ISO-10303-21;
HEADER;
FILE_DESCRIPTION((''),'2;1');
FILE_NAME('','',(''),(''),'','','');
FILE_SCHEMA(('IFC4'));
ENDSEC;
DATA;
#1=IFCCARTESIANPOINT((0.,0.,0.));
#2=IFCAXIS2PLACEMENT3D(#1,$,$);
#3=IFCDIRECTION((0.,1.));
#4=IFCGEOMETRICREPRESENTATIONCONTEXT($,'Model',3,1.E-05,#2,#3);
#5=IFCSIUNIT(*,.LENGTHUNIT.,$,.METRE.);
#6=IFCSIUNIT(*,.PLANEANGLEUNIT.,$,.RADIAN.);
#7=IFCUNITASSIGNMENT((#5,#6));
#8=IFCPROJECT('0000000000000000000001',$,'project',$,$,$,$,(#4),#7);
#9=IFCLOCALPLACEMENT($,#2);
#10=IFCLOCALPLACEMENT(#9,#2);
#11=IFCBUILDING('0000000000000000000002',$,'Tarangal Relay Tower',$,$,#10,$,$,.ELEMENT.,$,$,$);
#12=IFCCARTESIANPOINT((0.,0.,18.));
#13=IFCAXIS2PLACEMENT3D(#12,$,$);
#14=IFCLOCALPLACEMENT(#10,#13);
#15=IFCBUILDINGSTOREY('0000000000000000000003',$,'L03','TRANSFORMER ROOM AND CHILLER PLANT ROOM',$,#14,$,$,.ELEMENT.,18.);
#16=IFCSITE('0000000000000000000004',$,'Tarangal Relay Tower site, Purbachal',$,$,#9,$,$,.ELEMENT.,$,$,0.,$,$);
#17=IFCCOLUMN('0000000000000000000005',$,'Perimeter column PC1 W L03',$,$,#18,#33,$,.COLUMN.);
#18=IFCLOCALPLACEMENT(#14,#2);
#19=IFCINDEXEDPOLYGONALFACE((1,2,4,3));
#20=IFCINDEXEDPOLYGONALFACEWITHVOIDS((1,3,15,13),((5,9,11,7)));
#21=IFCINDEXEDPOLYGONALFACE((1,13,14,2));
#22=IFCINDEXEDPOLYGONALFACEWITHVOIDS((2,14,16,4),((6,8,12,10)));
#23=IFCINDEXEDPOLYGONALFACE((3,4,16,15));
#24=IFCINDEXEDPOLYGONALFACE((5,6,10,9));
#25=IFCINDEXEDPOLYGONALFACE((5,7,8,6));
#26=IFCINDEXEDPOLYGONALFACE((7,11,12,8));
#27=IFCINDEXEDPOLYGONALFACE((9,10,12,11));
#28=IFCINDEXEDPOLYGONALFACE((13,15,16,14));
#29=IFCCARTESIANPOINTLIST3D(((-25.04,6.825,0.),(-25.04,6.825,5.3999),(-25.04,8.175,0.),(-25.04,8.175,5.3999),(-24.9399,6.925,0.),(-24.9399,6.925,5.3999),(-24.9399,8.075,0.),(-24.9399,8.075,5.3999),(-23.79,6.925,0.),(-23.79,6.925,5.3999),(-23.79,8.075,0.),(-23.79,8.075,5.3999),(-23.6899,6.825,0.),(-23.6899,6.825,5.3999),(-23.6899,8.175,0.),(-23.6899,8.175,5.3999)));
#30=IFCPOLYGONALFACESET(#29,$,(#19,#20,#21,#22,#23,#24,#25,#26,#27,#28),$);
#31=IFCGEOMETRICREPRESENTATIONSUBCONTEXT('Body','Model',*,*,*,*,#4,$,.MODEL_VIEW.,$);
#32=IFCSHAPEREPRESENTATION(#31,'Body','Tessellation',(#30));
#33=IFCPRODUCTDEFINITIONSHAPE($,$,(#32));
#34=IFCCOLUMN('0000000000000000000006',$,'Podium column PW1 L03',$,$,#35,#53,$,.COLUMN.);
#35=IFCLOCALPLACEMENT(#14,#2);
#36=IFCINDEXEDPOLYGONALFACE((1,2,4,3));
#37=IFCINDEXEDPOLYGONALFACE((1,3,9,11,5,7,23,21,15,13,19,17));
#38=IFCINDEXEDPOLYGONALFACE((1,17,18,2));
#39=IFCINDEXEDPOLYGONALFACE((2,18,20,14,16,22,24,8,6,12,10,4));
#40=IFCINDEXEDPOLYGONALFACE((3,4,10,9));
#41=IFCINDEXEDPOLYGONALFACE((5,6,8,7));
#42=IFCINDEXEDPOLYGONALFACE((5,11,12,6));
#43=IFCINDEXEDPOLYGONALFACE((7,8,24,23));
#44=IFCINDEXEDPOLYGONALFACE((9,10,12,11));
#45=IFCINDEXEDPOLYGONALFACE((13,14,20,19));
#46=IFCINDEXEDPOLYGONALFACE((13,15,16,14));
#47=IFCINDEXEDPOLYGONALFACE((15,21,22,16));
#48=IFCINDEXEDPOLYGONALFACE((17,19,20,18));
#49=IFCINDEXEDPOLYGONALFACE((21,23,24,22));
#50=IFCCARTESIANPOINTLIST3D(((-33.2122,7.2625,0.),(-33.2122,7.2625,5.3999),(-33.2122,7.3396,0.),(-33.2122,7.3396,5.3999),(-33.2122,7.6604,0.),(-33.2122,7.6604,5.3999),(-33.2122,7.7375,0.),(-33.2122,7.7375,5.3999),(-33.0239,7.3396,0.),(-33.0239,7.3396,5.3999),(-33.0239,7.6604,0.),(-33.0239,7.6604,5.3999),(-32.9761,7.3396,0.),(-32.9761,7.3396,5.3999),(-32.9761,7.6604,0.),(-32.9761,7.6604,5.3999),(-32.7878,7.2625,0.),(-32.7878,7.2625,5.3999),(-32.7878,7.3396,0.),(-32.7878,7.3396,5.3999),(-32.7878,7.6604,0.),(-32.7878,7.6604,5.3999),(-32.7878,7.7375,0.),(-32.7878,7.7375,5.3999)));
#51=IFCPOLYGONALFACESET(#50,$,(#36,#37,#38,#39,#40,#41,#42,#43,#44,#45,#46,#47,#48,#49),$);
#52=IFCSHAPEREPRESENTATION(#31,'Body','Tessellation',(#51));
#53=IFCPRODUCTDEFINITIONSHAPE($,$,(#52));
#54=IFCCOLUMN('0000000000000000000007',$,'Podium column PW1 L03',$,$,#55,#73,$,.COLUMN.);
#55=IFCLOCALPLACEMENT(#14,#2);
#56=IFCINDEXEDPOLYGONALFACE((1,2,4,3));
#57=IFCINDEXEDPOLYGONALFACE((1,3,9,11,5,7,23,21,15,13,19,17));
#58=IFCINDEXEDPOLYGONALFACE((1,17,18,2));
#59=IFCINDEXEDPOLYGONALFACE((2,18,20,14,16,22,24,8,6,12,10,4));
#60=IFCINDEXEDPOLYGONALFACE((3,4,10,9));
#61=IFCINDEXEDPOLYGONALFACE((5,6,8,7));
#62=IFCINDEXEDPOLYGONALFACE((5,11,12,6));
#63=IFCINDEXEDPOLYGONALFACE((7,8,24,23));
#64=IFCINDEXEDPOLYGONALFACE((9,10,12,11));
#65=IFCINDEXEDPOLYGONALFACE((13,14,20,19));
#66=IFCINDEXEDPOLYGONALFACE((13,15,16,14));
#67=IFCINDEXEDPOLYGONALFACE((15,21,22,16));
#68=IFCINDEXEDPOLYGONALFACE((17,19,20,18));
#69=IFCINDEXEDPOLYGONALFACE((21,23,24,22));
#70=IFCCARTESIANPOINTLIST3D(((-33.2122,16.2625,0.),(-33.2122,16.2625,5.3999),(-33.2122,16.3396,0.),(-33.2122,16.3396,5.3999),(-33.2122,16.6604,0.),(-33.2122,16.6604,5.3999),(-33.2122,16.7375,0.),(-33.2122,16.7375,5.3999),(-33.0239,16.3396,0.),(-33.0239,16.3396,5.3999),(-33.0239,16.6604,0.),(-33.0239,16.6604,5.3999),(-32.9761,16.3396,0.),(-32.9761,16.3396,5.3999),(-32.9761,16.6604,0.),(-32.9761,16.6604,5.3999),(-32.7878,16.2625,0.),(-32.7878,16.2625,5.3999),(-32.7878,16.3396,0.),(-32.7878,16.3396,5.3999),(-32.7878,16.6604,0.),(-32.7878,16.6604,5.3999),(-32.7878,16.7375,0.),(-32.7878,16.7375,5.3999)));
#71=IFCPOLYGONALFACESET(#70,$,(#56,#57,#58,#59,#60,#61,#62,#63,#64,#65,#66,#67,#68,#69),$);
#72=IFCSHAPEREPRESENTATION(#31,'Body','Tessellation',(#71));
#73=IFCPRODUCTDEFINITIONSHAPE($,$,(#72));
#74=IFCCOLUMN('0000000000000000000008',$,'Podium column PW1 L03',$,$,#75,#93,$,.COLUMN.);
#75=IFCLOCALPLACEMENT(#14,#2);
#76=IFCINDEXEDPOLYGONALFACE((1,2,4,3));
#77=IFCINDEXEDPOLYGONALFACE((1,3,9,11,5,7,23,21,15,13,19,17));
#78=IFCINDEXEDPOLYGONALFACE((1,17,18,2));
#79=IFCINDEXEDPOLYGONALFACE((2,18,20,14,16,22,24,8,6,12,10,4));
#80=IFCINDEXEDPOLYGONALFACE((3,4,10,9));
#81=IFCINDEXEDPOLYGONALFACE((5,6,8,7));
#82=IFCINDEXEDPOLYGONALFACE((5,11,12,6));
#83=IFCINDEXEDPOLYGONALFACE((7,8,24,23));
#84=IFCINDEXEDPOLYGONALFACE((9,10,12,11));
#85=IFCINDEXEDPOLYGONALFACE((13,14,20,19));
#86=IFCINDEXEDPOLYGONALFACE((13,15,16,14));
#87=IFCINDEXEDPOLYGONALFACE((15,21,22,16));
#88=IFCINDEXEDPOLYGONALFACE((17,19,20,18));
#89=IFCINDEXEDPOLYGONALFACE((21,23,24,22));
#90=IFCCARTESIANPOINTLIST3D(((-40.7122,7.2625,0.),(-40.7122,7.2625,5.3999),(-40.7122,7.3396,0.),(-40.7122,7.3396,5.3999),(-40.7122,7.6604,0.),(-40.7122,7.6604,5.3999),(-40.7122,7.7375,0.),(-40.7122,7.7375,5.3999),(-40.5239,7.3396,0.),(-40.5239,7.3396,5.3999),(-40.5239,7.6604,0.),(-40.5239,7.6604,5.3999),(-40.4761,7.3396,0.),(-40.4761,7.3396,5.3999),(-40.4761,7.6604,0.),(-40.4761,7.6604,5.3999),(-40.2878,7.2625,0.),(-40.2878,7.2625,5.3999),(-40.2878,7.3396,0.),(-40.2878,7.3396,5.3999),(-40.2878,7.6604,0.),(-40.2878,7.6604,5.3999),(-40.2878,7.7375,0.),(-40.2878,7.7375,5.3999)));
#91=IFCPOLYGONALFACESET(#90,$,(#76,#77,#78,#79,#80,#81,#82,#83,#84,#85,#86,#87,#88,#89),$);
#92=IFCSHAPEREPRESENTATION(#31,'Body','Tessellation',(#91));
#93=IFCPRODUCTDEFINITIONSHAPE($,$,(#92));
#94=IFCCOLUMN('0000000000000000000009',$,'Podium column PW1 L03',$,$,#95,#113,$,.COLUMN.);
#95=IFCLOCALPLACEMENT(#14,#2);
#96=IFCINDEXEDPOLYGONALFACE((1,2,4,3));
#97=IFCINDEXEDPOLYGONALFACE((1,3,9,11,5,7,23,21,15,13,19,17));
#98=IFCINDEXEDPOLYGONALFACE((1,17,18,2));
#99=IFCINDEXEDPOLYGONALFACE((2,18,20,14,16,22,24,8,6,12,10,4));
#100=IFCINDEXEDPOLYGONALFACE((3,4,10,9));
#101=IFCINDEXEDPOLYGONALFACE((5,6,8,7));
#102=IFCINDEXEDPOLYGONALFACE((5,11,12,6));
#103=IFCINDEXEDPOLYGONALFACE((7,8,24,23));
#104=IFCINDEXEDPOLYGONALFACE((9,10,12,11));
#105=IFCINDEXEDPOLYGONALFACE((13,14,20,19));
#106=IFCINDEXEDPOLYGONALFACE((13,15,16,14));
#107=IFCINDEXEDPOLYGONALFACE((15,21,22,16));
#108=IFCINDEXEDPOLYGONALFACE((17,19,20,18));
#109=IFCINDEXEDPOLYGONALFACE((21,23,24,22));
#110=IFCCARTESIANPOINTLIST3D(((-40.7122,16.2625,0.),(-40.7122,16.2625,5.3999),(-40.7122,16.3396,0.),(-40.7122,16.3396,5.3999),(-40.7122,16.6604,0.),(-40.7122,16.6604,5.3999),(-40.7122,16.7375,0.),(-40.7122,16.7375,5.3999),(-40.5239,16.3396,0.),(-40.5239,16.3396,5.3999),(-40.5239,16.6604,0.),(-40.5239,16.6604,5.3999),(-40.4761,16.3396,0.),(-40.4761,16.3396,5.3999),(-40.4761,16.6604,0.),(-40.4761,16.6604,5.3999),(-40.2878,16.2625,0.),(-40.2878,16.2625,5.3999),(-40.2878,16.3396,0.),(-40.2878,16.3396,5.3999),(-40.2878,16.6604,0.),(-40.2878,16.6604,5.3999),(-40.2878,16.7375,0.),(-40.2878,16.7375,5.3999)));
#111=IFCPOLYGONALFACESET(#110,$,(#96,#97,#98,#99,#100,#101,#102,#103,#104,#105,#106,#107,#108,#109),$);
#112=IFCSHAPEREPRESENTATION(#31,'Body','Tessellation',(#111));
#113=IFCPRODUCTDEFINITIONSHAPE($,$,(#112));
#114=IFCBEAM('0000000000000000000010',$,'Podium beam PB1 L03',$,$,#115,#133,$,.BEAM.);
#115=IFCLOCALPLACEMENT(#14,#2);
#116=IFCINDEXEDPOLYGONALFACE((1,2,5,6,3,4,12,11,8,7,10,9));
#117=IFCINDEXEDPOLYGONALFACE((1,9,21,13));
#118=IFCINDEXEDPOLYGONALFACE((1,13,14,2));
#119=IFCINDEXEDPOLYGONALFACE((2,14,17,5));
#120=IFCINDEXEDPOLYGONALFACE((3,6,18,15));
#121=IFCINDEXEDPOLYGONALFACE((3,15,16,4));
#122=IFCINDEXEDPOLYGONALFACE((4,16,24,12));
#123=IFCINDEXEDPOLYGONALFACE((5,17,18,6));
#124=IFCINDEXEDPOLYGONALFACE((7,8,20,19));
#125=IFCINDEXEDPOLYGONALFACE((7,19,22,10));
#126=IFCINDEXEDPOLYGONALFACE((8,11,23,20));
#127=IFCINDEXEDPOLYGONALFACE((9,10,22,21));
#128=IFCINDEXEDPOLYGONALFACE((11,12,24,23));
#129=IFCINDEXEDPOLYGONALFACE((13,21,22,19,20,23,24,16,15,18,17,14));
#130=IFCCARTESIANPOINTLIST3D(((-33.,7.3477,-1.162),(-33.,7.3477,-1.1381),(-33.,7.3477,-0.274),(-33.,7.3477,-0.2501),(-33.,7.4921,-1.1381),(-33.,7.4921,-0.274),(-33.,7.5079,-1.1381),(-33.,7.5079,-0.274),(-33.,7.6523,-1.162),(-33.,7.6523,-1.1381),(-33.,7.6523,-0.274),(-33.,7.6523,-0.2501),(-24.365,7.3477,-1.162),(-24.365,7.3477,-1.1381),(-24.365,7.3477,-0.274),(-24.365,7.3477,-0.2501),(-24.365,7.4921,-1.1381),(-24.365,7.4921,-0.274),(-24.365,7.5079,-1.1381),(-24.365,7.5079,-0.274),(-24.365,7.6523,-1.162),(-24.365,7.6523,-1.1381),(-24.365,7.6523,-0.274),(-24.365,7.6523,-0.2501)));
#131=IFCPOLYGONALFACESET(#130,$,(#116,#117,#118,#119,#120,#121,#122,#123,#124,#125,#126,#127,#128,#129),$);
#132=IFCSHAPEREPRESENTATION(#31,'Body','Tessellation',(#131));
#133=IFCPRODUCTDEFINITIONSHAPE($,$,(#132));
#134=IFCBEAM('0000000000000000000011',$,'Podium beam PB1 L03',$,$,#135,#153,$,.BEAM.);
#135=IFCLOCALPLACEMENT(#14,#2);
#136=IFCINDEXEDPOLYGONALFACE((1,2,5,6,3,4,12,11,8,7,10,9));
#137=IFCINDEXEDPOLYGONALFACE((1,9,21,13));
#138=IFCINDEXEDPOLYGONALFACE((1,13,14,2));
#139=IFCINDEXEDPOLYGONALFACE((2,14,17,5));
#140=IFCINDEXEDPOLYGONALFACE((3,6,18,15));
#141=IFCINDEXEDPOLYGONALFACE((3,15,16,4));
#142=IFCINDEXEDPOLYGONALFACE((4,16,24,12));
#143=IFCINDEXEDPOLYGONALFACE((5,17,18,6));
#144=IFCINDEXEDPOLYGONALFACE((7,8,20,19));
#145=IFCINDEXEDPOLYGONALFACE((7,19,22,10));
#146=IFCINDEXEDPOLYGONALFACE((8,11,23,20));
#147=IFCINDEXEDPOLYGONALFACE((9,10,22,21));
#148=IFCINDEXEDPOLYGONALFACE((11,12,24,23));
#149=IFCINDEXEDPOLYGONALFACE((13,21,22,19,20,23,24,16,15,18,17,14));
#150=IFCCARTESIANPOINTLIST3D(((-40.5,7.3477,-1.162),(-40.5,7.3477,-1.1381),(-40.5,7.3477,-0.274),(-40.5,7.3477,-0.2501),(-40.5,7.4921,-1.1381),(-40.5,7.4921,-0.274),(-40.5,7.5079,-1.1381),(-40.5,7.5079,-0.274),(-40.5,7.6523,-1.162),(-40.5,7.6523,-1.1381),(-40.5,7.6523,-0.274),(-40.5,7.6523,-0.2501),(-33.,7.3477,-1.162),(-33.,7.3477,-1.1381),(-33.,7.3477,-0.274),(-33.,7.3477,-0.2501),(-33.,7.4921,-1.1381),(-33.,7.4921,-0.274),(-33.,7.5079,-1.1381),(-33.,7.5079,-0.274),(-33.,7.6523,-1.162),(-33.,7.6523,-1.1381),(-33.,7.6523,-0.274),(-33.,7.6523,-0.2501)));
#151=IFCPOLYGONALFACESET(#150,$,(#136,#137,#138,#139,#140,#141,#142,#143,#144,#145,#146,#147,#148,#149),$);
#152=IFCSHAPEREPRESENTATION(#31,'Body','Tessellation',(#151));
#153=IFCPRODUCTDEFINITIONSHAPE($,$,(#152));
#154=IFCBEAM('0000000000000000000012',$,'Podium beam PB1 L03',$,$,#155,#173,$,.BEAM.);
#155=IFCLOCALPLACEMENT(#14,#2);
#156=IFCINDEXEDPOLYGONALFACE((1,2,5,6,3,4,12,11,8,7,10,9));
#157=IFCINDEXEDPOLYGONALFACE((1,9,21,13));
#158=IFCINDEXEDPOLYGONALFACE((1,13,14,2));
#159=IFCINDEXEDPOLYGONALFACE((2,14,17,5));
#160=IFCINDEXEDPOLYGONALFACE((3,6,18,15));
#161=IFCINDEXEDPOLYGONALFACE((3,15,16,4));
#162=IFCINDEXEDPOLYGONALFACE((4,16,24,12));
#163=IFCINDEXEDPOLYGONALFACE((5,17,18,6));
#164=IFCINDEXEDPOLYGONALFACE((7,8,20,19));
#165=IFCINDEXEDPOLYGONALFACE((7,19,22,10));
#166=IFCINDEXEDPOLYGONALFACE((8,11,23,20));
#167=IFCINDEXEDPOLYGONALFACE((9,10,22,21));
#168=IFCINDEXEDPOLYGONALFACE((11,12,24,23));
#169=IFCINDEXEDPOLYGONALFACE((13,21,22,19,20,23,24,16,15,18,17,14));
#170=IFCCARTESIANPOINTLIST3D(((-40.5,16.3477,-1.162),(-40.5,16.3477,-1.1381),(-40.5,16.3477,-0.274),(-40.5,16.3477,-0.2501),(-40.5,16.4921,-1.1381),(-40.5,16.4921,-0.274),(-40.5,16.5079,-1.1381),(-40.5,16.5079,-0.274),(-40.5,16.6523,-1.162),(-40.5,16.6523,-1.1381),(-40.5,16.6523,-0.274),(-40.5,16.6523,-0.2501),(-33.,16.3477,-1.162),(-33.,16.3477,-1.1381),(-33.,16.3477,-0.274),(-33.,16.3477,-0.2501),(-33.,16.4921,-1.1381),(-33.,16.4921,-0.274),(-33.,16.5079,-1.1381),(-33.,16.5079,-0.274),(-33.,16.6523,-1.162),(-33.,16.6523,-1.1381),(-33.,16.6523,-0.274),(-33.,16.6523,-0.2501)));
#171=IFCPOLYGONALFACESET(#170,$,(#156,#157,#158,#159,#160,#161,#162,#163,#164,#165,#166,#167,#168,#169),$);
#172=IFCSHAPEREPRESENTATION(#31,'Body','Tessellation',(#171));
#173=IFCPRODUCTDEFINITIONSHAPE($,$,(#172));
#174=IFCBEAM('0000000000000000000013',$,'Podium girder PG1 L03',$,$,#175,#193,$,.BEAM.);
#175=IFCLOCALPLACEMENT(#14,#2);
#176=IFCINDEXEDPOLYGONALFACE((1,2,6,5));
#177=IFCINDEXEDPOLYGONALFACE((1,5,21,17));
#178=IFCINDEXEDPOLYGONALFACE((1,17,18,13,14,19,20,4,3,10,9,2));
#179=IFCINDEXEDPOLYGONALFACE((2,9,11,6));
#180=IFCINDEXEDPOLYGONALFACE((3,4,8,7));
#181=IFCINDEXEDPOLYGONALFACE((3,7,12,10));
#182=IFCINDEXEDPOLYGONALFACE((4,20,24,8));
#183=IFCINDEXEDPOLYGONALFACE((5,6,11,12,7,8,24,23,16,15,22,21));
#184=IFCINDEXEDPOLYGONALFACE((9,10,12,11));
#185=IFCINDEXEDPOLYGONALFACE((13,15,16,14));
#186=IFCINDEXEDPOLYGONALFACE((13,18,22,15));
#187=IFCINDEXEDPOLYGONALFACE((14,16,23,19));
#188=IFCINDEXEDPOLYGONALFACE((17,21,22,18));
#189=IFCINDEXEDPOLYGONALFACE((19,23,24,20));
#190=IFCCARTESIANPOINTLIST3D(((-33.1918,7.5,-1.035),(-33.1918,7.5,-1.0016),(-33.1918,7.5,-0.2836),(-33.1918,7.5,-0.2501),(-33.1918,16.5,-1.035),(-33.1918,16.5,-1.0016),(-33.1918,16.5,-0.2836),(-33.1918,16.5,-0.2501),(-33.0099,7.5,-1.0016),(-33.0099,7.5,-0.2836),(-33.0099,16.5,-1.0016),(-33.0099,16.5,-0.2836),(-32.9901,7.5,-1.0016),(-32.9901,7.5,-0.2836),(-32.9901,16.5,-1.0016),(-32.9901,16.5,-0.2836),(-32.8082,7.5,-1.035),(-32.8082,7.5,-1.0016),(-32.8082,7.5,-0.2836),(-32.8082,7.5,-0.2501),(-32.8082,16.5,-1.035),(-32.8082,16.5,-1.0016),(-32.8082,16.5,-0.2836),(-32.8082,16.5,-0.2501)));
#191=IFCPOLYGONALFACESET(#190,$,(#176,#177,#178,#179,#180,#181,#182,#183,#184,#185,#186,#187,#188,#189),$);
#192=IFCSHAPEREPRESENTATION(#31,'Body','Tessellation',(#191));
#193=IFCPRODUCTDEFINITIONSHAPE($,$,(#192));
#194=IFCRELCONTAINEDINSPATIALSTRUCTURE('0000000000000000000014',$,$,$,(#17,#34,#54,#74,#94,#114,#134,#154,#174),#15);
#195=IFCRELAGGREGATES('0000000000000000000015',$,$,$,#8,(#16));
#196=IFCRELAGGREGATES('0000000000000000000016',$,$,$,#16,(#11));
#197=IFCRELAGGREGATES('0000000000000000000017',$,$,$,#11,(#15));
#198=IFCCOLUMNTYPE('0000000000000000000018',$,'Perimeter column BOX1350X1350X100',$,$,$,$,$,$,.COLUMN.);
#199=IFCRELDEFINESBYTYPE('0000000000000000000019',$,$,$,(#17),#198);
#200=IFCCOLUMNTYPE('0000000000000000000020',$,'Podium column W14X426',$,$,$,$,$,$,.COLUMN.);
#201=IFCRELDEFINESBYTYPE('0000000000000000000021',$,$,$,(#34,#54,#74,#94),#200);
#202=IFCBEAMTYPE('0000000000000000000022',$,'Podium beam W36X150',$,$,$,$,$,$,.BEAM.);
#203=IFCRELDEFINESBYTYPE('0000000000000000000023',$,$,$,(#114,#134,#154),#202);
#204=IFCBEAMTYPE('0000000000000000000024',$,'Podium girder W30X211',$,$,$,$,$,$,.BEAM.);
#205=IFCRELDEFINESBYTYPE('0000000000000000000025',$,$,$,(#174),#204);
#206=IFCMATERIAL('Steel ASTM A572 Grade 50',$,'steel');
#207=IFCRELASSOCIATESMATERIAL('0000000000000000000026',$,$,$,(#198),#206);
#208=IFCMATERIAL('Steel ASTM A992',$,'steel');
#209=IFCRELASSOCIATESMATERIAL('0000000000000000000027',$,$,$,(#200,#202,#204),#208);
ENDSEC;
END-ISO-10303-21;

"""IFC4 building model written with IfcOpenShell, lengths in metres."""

from ifc_helpers import new_model, si_unit, direction, frame, origin, origin_2d, place, context, subcontext, project, spatial, hollow_rectangle, i_section, extrude, material, material_profile, profile_set, type_object, element, save


model = new_model("IFC4")

# Units and contexts
model_context = context("Model", 3, precision=1e-05, world=origin(), true_north=direction((0.0, 1.0)))
body_context = subcontext(model_context, "Body", "Model", "MODEL_VIEW")
ifc_project = project(units=[si_unit("LENGTHUNIT", "METRE"), si_unit("PLANEANGLEUNIT", "RADIAN")], contexts=[model_context])

# Site, building, storey
site_placement = place(None, origin())
site = spatial("IfcSite", under=ifc_project, at=site_placement, Name="Tarangal Relay Tower site, Purbachal", CompositionType="ELEMENT", RefElevation=0.0)
building_placement = place(site_placement, origin())
building = spatial("IfcBuilding", under=site, at=building_placement, Name="Tarangal Relay Tower", CompositionType="ELEMENT")
storey_placement = place(building_placement, frame((0.0, 0.0, 18.0)))
storey = spatial("IfcBuildingStorey", under=building, at=storey_placement, Name="L03", Description="TRANSFORMER ROOM AND CHILLER PLANT ROOM", CompositionType="ELEMENT", Elevation=18.0)

# Columns
ifc_material_1 = material(Name="Steel ASTM A572 Grade 50", Category="steel")
ifc_material_profile_1 = material_profile(ifc_material_1, hollow_rectangle(XDim=1.3501, YDim=1.3501, WallThickness=0.1001, at=origin_2d()), Name="BOX1350X1350X100")
ifc_profile_set_1 = profile_set([ifc_material_profile_1], Name="Steel ASTM A572 Grade 50")
column_type_1 = type_object("IfcColumnType", Name="Perimeter column BOX1350X1350X100", PredefinedType="COLUMN", material=ifc_profile_set_1)
column_placement = place(storey_placement, frame((-24.365, 7.5, 0.0), z_axis=(0.0, 0.0, 1.0), x_axis=(1.0, 0.0, 0.0)))
element("IfcColumn", 1, at=column_placement, inside=storey, type_object=column_type_1, Name="Perimeter column PC1 W L03", PredefinedType="COLUMN", context=body_context, shape_type="SweptSolid", body=[
    extrude(hollow_rectangle(XDim=1.3501, YDim=1.3501, WallThickness=0.1001, at=origin_2d()), origin(), (0.0, 0.0, 1.0), 5.3999),
])
ifc_material_2 = material(Name="Steel ASTM A992", Category="steel")
ifc_material_profile_2 = material_profile(ifc_material_2, i_section(OverallWidth=0.4243, OverallDepth=0.4751, WebThickness=0.0479, FlangeThickness=0.0771, at=origin_2d()), Name="W14X426")
ifc_profile_set_2 = profile_set([ifc_material_profile_2], Name="Steel ASTM A992")
column_type_2 = type_object("IfcColumnType", Name="Podium column W14X426", PredefinedType="COLUMN", material=ifc_profile_set_2)
for number, where, z_axis, x_axis, name in (
    (2, (-33.0, 7.5, 0.0), (0.0, 0.0, 1.0), (1.0, 0.0, 0.0), "Podium column PW1 L03"),
    (3, (-33.0, 16.5, 0.0), (0.0, 0.0, 1.0), (1.0, 0.0, 0.0), "Podium column PW1 L03"),
    (4, (-40.5, 7.5, 0.0), (0.0, 0.0, 1.0), (1.0, 0.0, 0.0), "Podium column PW1 L03"),
    (5, (-40.5, 16.5, 0.0), (0.0, 0.0, 1.0), (1.0, 0.0, 0.0), "Podium column PW1 L03"),
):
    element("IfcColumn", number, at=place(storey_placement, frame(where, z_axis=z_axis, x_axis=x_axis)), inside=storey, type_object=column_type_2, Name=name, PredefinedType="COLUMN", context=body_context, shape_type="SweptSolid", body=[
        extrude(i_section(OverallWidth=0.4243, OverallDepth=0.4751, WebThickness=0.0479, FlangeThickness=0.0771, at=origin_2d()), origin(), (0.0, 0.0, 1.0), 5.3999),
    ])

# Beams
ifc_material_profile_3 = material_profile(ifc_material_2, i_section(OverallWidth=0.3047, OverallDepth=0.9119, WebThickness=0.0159, FlangeThickness=0.0239, at=origin_2d()), Name="W36X150")
ifc_profile_set_3 = profile_set([ifc_material_profile_3], Name="Steel ASTM A992")
beam_type_1 = type_object("IfcBeamType", Name="Podium beam W36X150", PredefinedType="BEAM", material=ifc_profile_set_3)
beam_1_placement = place(storey_placement, frame((-24.365, 7.5, -0.7061), z_axis=(-1.0, 0.0, 0.0), x_axis=(0.0, -1.0, 0.0)))
element("IfcBeam", 6, at=beam_1_placement, inside=storey, type_object=beam_type_1, Name="Podium beam PB1 L03", PredefinedType="BEAM", context=body_context, shape_type="SweptSolid", body=[
    extrude(i_section(OverallWidth=0.3047, OverallDepth=0.9119, WebThickness=0.0159, FlangeThickness=0.0239, at=origin_2d()), origin(), (0.0, 0.0, 1.0), 8.635),
])
for number, where, z_axis, x_axis, name in (
    (7, (-33.0, 7.5, -0.7061), (-1.0, 0.0, 0.0), (0.0, -1.0, 0.0), "Podium beam PB1 L03"),
    (8, (-33.0, 16.5, -0.7061), (-1.0, 0.0, 0.0), (0.0, -1.0, 0.0), "Podium beam PB1 L03"),
):
    element("IfcBeam", number, at=place(storey_placement, frame(where, z_axis=z_axis, x_axis=x_axis)), inside=storey, type_object=beam_type_1, Name=name, PredefinedType="BEAM", context=body_context, shape_type="SweptSolid", body=[
        extrude(i_section(OverallWidth=0.3047, OverallDepth=0.9119, WebThickness=0.0159, FlangeThickness=0.0239, at=origin_2d()), origin(), (0.0, 0.0, 1.0), 7.5),
    ])
ifc_material_profile_4 = material_profile(ifc_material_2, i_section(OverallWidth=0.3835, OverallDepth=0.7849, WebThickness=0.0198, FlangeThickness=0.0334, at=origin_2d()), Name="W30X211")
ifc_profile_set_4 = profile_set([ifc_material_profile_4], Name="Steel ASTM A992")
beam_type_2 = type_object("IfcBeamType", Name="Podium girder W30X211", PredefinedType="BEAM", material=ifc_profile_set_4)
for number, where, z_axis, x_axis, name in (
    (9, (-33.0, 7.5, -0.6426), (0.0, 1.0, 0.0), (-1.0, 0.0, 0.0), "Podium girder PG1 L03"),
):
    element("IfcBeam", number, at=place(storey_placement, frame(where, z_axis=z_axis, x_axis=x_axis)), inside=storey, type_object=beam_type_2, Name=name, PredefinedType="BEAM", context=body_context, shape_type="SweptSolid", body=[
        extrude(i_section(OverallWidth=0.3835, OverallDepth=0.7849, WebThickness=0.0198, FlangeThickness=0.0334, at=origin_2d()), origin(), (0.0, 0.0, 1.0), 9.0),
    ])

save(model, "model.ifc")
